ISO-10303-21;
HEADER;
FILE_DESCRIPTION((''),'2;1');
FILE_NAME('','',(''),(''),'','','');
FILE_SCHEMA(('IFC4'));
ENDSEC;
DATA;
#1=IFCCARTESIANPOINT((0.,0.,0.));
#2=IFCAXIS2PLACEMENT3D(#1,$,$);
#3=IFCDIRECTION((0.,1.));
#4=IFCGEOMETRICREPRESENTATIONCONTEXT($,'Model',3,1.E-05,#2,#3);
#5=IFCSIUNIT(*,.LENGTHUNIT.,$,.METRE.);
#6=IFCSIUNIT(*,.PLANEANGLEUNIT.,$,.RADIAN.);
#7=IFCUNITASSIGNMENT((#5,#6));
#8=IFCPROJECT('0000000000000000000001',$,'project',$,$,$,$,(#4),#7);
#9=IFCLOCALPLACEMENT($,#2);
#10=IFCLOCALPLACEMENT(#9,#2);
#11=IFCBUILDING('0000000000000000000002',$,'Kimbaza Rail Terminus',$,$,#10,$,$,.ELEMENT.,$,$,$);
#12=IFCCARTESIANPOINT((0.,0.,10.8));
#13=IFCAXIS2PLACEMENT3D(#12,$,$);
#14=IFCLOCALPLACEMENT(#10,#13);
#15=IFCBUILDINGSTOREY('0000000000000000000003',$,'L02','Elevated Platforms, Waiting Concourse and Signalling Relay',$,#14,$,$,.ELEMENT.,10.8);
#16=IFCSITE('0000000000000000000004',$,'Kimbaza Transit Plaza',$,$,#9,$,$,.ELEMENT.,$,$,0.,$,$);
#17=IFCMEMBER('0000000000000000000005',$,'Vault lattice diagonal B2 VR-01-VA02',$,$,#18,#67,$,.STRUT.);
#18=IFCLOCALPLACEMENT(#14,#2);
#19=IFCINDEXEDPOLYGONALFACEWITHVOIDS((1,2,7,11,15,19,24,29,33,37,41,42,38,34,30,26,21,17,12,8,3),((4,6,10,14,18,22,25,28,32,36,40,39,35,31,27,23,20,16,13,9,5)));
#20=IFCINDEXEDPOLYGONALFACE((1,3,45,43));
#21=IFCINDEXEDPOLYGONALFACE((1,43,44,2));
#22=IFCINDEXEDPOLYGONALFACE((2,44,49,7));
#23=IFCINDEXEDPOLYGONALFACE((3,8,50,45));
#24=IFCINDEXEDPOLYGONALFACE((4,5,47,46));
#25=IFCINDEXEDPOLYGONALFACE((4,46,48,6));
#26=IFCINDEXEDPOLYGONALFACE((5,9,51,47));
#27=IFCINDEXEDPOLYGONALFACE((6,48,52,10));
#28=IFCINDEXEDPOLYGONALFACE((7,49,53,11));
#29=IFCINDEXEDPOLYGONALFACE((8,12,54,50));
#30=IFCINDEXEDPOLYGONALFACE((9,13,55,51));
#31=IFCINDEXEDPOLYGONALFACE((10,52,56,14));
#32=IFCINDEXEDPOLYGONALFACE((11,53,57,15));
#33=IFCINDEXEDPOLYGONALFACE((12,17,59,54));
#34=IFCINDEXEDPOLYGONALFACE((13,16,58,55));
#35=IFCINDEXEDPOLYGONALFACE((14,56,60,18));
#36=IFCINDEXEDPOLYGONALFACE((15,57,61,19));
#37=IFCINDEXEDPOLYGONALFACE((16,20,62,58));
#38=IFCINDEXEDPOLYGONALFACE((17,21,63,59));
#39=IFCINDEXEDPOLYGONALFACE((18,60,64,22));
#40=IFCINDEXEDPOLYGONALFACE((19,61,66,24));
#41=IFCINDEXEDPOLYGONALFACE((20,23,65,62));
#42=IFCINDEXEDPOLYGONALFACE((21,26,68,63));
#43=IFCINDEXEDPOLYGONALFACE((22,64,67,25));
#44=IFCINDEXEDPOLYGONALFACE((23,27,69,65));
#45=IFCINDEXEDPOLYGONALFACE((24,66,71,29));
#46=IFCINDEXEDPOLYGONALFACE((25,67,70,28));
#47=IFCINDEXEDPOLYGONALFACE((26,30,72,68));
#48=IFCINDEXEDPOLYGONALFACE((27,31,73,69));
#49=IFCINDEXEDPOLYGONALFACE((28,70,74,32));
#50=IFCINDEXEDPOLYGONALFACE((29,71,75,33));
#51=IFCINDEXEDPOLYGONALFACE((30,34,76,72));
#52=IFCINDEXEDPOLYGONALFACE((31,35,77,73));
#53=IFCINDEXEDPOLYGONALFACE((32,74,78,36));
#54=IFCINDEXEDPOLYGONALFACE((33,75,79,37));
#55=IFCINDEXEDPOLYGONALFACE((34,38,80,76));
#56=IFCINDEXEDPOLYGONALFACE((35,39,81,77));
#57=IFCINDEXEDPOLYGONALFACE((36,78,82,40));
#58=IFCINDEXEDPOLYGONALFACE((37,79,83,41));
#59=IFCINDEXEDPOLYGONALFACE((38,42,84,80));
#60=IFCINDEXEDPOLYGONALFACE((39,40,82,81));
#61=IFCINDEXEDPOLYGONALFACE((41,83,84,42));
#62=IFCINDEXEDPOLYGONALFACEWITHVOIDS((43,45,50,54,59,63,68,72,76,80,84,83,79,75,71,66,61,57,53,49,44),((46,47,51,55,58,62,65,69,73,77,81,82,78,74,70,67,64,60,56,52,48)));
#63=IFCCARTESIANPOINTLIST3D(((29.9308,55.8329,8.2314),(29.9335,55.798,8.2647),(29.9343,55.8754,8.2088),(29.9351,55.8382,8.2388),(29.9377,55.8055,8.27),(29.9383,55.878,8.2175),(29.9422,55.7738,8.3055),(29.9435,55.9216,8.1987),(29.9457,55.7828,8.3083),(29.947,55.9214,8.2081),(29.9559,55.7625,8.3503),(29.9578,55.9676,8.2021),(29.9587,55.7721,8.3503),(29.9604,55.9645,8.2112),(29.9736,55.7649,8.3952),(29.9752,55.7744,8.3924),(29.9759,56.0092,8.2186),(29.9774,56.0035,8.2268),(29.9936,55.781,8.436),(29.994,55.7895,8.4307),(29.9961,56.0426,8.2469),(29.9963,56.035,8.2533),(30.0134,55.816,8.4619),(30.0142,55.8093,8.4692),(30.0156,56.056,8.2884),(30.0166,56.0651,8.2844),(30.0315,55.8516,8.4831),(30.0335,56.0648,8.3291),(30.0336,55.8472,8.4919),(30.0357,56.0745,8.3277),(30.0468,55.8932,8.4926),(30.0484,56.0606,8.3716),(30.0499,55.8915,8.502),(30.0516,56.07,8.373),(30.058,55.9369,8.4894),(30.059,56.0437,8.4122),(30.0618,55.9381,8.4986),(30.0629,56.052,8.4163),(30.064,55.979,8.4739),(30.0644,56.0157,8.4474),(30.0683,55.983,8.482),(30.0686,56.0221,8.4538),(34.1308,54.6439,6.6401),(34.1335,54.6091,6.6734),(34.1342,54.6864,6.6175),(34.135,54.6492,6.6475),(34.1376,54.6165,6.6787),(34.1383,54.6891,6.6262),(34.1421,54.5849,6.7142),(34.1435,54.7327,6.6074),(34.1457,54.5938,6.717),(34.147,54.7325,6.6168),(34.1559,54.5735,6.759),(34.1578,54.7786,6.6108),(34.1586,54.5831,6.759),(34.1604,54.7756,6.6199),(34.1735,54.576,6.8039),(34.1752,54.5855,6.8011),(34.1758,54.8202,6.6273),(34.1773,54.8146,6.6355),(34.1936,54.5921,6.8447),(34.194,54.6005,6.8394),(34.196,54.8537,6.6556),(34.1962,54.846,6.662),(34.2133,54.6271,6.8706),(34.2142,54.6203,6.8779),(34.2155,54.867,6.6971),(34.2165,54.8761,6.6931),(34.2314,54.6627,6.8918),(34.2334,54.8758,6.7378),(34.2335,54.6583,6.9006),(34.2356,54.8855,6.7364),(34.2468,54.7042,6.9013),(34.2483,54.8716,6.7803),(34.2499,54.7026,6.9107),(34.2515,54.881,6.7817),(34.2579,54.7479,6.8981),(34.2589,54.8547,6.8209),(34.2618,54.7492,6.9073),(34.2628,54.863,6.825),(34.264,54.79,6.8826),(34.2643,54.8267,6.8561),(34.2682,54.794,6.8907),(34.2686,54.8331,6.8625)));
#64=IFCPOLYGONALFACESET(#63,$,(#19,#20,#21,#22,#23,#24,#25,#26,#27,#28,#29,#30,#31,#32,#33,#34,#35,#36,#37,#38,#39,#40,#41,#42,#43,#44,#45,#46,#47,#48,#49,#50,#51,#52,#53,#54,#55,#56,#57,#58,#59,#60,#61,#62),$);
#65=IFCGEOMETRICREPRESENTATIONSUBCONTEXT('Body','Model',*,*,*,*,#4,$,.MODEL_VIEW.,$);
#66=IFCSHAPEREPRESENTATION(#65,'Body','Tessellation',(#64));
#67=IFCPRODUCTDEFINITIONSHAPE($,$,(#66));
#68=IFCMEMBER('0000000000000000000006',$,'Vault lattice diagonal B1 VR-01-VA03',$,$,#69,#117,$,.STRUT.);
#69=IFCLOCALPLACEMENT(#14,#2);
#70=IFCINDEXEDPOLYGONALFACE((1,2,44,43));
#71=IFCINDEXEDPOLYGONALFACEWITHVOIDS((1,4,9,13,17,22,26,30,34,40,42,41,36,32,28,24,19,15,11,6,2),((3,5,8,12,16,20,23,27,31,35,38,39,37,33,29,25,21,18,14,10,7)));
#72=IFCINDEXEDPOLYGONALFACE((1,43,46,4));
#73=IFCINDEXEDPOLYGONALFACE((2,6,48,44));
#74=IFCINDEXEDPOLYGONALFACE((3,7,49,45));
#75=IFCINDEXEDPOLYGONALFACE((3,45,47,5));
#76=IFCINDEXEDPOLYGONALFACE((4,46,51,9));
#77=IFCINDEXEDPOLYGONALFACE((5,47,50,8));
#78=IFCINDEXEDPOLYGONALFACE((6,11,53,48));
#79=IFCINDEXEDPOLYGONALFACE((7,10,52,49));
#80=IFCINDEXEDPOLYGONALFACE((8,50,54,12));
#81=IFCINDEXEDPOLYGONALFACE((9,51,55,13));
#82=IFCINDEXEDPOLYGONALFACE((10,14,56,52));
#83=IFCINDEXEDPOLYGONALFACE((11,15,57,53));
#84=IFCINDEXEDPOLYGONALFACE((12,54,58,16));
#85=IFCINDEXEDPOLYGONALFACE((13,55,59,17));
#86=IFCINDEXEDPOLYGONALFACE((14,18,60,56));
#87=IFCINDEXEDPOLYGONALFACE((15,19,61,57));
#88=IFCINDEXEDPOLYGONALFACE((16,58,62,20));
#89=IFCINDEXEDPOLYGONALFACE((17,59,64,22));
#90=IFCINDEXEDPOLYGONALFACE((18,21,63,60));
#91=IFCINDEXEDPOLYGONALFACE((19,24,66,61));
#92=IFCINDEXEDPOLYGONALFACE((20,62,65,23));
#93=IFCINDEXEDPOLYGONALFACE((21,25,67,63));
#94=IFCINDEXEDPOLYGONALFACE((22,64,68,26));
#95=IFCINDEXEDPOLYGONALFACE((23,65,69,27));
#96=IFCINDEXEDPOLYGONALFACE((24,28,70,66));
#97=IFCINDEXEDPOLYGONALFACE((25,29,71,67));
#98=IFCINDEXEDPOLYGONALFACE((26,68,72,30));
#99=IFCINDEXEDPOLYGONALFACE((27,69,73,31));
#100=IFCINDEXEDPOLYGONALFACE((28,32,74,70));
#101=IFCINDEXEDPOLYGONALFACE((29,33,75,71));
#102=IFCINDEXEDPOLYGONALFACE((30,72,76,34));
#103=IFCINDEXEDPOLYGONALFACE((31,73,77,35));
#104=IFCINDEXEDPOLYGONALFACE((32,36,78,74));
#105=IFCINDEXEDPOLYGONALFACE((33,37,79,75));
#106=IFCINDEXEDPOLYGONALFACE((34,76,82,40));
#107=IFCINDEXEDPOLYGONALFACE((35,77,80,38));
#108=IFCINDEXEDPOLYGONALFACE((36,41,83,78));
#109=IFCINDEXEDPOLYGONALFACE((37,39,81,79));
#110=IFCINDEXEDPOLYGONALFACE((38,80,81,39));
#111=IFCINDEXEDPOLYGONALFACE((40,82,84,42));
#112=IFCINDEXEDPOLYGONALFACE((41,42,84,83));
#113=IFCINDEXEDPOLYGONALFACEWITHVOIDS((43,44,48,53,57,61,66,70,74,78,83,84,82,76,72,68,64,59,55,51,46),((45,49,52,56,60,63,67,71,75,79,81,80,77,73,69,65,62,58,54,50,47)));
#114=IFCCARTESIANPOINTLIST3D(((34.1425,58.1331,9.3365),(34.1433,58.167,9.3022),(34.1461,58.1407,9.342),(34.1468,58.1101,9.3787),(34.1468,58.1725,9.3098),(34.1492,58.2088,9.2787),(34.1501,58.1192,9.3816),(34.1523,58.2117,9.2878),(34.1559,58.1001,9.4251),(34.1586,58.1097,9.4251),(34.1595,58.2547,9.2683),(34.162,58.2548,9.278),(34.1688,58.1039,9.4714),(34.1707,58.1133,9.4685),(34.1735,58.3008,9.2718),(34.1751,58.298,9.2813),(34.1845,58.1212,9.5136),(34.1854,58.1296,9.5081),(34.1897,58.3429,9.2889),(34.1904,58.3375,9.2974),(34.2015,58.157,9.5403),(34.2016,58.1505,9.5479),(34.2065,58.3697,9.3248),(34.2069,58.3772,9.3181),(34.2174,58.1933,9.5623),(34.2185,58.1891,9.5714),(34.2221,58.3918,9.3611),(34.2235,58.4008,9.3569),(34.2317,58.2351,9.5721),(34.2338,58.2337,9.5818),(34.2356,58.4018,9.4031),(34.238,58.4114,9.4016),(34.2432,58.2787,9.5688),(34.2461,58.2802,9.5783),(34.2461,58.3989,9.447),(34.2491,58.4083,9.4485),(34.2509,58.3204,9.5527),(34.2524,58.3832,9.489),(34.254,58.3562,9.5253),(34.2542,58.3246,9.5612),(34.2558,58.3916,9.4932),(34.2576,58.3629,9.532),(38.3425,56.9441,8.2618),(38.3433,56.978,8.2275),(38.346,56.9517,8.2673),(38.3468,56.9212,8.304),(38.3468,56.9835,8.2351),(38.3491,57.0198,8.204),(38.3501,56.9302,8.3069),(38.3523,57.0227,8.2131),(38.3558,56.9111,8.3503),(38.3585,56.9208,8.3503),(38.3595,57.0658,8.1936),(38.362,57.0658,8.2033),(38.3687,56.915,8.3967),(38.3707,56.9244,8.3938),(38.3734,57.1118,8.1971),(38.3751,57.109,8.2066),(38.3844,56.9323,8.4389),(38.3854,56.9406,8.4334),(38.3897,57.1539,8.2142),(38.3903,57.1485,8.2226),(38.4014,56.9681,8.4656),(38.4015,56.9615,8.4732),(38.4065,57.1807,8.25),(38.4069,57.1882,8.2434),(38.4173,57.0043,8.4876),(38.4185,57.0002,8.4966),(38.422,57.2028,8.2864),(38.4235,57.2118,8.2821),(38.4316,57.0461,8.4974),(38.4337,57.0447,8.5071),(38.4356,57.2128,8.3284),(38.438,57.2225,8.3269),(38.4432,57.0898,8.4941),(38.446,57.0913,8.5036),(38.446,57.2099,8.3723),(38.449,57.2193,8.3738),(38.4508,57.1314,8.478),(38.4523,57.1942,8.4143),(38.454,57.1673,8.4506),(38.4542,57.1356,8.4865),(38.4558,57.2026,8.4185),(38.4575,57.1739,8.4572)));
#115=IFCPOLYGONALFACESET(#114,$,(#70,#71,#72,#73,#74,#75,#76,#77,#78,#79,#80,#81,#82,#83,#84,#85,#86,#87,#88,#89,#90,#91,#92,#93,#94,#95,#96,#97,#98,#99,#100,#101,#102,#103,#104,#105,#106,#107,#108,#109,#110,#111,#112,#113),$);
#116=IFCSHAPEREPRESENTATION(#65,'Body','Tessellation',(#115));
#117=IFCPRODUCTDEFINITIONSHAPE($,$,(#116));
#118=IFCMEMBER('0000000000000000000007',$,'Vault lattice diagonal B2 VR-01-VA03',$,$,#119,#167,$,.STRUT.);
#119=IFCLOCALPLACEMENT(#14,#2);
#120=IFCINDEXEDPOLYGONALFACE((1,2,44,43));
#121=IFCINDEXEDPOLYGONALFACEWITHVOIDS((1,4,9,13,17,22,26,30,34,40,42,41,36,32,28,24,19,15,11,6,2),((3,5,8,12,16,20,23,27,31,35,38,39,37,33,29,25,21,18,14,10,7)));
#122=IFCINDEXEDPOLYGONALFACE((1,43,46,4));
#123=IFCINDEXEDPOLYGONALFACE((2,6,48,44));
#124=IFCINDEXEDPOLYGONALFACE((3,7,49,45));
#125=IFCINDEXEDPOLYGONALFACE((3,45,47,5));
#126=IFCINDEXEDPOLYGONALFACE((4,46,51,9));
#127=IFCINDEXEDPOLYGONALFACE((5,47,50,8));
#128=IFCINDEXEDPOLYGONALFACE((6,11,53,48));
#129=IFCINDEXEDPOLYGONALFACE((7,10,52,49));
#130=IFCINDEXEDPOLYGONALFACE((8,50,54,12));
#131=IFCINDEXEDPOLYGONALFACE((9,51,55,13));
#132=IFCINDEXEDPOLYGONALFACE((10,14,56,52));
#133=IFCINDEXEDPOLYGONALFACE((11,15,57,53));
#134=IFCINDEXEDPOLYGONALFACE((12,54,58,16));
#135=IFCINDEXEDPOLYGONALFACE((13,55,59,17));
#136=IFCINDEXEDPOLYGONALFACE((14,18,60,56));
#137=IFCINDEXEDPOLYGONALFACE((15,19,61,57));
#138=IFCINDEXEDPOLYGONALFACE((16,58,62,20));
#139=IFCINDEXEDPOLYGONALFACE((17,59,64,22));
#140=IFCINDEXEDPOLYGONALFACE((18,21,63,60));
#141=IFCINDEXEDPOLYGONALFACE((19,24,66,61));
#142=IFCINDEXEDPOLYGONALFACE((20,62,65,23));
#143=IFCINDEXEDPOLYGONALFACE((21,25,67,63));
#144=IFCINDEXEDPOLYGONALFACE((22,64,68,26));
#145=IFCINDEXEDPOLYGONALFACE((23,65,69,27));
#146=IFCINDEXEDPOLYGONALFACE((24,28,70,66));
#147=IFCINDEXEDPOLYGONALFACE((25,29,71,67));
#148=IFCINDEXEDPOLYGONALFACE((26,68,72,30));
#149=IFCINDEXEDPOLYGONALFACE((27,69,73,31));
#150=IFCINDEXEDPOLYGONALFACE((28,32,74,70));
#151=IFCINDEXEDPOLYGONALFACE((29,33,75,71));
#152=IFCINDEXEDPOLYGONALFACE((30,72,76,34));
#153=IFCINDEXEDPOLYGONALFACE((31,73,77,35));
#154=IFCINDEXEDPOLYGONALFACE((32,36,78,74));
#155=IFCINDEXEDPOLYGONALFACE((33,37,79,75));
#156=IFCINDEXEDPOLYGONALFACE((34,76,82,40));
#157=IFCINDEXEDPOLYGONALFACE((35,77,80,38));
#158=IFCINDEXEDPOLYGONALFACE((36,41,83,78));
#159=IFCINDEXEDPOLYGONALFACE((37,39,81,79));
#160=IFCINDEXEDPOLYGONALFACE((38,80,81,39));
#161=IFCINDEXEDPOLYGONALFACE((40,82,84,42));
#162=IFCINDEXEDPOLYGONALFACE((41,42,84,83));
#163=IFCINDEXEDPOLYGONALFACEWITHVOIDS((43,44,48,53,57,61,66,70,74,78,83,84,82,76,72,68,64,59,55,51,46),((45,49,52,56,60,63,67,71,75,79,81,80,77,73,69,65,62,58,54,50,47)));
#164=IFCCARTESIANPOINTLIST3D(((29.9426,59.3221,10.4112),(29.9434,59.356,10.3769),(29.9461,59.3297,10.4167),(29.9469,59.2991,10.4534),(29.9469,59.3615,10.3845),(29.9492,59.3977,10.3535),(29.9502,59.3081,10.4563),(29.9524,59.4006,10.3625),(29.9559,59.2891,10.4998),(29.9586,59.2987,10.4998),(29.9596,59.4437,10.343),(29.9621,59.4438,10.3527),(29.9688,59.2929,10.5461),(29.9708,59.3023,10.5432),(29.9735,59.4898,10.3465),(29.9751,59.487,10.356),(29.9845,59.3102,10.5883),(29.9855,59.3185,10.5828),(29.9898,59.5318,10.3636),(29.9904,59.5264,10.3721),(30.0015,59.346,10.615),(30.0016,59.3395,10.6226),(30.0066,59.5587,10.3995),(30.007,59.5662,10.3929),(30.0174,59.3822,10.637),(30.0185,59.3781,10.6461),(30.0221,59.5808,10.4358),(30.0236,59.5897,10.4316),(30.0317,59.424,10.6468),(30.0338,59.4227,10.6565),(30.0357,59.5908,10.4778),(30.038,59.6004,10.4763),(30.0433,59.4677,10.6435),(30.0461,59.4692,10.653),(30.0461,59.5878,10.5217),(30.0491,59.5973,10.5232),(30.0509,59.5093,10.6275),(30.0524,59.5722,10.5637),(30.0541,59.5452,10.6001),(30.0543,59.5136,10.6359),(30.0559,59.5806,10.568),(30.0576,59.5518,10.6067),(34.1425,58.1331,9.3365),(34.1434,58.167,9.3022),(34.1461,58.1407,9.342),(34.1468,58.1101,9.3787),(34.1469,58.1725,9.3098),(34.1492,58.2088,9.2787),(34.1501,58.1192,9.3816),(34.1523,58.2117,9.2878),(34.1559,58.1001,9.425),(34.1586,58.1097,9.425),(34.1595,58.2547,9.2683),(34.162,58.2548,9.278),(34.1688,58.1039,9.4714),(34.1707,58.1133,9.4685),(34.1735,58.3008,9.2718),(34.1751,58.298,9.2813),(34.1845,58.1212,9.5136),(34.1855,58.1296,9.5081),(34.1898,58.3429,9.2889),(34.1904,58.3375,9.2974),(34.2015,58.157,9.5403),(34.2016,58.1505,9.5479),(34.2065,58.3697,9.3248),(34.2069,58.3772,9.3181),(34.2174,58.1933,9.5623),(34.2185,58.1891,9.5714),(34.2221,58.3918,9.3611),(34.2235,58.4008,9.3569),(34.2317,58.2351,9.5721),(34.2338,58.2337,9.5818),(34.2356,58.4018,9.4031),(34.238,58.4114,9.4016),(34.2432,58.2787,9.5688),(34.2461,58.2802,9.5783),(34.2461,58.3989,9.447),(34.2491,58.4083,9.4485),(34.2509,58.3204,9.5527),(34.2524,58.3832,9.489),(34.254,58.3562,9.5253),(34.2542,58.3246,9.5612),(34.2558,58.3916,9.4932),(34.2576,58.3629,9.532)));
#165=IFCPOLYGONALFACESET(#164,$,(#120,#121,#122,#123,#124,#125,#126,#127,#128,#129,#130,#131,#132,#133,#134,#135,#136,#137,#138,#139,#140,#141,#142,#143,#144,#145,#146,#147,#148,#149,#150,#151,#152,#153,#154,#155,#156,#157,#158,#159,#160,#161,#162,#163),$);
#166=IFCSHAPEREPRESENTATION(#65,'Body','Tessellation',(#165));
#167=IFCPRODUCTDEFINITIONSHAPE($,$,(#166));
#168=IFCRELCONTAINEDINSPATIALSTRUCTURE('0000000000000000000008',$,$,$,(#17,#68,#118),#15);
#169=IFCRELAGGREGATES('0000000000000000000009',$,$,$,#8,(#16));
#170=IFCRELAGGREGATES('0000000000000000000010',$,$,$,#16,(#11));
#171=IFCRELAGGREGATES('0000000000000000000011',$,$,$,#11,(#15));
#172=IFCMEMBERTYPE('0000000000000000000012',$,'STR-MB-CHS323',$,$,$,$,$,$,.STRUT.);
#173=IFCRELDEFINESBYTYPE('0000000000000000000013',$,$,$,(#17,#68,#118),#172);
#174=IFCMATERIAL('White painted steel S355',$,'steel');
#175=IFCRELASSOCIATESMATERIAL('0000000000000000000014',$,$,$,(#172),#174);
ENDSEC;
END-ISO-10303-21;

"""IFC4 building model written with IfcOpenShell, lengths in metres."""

from ifc_helpers import new_model, si_unit, direction, frame, origin, origin_2d, place, context, subcontext, project, spatial, hollow_circle, extrude, material, material_profile, profile_set, type_object, element, save


model = new_model("IFC4")

# Units and contexts
model_context = context("Model", 3, precision=1e-05, world=origin(), true_north=direction((0.0, 1.0)))
body_context = subcontext(model_context, "Body", "Model", "MODEL_VIEW")
ifc_project = project(units=[si_unit("LENGTHUNIT", "METRE"), si_unit("PLANEANGLEUNIT", "RADIAN")], contexts=[model_context])

# Site, building, storey
site_placement = place(None, origin())
site = spatial("IfcSite", under=ifc_project, at=site_placement, Name="Kimbaza Transit Plaza", CompositionType="ELEMENT", RefElevation=0.0)
building_placement = place(site_placement, origin())
building = spatial("IfcBuilding", under=site, at=building_placement, Name="Kimbaza Rail Terminus", CompositionType="ELEMENT")
storey_placement = place(building_placement, frame((0.0, 0.0, 10.8)))
storey = spatial("IfcBuildingStorey", under=building, at=storey_placement, Name="L02", Description="Elevated Platforms, Waiting Concourse and Signalling Relay", CompositionType="ELEMENT", Elevation=10.8)

# Members
ifc_material_1 = material(Name="White painted steel S355", Category="steel")
ifc_material_profile_1 = material_profile(ifc_material_1, hollow_circle(Radius=0.1619, WallThickness=0.01, at=origin_2d()), Name="CHS 323.9x10")
ifc_profile_set_1 = profile_set([ifc_material_profile_1], Name="White painted steel S355")
member_type_1 = type_object("IfcMemberType", Name="STR-MB-CHS323", PredefinedType="STRUT", material=ifc_profile_set_1)
member_1_placement = place(storey_placement, frame((34.2, 54.7292, 6.759), z_axis=(-0.903989, 0.25591, 0.34251), x_axis=(-0.272386, -0.962188, 0.0)))
element("IfcMember", 1, at=member_1_placement, inside=storey, type_object=member_type_1, Name="Vault lattice diagonal B2 VR-01-VA02", PredefinedType="STRUT", context=body_context, shape_type="SweptSolid", body=[
    extrude(hollow_circle(Radius=0.1619, WallThickness=0.01, at=origin_2d()), origin(), (0.0, 0.0, 1.0), 4.646),
])
for number, where, z_axis, x_axis, name in (
    (2, (38.3999, 57.0669, 8.3503), (-0.934287, 0.264487, 0.239071), (-0.272386, -0.962188, 0.0), "Vault lattice diagonal B1 VR-01-VA03"),
    (3, (34.2, 58.2559, 9.425), (-0.934287, 0.264487, 0.239071), (-0.272386, -0.962188, 0.0), "Vault lattice diagonal B2 VR-01-VA03"),
):
    element("IfcMember", number, at=place(storey_placement, frame(where, z_axis=z_axis, x_axis=x_axis)), inside=storey, type_object=member_type_1, Name=name, PredefinedType="STRUT", context=body_context, shape_type="SweptSolid", body=[
        extrude(hollow_circle(Radius=0.1619, WallThickness=0.01, at=origin_2d()), origin(), (0.0, 0.0, 1.0), 4.4954),
    ])

save(model, "model.ifc")
